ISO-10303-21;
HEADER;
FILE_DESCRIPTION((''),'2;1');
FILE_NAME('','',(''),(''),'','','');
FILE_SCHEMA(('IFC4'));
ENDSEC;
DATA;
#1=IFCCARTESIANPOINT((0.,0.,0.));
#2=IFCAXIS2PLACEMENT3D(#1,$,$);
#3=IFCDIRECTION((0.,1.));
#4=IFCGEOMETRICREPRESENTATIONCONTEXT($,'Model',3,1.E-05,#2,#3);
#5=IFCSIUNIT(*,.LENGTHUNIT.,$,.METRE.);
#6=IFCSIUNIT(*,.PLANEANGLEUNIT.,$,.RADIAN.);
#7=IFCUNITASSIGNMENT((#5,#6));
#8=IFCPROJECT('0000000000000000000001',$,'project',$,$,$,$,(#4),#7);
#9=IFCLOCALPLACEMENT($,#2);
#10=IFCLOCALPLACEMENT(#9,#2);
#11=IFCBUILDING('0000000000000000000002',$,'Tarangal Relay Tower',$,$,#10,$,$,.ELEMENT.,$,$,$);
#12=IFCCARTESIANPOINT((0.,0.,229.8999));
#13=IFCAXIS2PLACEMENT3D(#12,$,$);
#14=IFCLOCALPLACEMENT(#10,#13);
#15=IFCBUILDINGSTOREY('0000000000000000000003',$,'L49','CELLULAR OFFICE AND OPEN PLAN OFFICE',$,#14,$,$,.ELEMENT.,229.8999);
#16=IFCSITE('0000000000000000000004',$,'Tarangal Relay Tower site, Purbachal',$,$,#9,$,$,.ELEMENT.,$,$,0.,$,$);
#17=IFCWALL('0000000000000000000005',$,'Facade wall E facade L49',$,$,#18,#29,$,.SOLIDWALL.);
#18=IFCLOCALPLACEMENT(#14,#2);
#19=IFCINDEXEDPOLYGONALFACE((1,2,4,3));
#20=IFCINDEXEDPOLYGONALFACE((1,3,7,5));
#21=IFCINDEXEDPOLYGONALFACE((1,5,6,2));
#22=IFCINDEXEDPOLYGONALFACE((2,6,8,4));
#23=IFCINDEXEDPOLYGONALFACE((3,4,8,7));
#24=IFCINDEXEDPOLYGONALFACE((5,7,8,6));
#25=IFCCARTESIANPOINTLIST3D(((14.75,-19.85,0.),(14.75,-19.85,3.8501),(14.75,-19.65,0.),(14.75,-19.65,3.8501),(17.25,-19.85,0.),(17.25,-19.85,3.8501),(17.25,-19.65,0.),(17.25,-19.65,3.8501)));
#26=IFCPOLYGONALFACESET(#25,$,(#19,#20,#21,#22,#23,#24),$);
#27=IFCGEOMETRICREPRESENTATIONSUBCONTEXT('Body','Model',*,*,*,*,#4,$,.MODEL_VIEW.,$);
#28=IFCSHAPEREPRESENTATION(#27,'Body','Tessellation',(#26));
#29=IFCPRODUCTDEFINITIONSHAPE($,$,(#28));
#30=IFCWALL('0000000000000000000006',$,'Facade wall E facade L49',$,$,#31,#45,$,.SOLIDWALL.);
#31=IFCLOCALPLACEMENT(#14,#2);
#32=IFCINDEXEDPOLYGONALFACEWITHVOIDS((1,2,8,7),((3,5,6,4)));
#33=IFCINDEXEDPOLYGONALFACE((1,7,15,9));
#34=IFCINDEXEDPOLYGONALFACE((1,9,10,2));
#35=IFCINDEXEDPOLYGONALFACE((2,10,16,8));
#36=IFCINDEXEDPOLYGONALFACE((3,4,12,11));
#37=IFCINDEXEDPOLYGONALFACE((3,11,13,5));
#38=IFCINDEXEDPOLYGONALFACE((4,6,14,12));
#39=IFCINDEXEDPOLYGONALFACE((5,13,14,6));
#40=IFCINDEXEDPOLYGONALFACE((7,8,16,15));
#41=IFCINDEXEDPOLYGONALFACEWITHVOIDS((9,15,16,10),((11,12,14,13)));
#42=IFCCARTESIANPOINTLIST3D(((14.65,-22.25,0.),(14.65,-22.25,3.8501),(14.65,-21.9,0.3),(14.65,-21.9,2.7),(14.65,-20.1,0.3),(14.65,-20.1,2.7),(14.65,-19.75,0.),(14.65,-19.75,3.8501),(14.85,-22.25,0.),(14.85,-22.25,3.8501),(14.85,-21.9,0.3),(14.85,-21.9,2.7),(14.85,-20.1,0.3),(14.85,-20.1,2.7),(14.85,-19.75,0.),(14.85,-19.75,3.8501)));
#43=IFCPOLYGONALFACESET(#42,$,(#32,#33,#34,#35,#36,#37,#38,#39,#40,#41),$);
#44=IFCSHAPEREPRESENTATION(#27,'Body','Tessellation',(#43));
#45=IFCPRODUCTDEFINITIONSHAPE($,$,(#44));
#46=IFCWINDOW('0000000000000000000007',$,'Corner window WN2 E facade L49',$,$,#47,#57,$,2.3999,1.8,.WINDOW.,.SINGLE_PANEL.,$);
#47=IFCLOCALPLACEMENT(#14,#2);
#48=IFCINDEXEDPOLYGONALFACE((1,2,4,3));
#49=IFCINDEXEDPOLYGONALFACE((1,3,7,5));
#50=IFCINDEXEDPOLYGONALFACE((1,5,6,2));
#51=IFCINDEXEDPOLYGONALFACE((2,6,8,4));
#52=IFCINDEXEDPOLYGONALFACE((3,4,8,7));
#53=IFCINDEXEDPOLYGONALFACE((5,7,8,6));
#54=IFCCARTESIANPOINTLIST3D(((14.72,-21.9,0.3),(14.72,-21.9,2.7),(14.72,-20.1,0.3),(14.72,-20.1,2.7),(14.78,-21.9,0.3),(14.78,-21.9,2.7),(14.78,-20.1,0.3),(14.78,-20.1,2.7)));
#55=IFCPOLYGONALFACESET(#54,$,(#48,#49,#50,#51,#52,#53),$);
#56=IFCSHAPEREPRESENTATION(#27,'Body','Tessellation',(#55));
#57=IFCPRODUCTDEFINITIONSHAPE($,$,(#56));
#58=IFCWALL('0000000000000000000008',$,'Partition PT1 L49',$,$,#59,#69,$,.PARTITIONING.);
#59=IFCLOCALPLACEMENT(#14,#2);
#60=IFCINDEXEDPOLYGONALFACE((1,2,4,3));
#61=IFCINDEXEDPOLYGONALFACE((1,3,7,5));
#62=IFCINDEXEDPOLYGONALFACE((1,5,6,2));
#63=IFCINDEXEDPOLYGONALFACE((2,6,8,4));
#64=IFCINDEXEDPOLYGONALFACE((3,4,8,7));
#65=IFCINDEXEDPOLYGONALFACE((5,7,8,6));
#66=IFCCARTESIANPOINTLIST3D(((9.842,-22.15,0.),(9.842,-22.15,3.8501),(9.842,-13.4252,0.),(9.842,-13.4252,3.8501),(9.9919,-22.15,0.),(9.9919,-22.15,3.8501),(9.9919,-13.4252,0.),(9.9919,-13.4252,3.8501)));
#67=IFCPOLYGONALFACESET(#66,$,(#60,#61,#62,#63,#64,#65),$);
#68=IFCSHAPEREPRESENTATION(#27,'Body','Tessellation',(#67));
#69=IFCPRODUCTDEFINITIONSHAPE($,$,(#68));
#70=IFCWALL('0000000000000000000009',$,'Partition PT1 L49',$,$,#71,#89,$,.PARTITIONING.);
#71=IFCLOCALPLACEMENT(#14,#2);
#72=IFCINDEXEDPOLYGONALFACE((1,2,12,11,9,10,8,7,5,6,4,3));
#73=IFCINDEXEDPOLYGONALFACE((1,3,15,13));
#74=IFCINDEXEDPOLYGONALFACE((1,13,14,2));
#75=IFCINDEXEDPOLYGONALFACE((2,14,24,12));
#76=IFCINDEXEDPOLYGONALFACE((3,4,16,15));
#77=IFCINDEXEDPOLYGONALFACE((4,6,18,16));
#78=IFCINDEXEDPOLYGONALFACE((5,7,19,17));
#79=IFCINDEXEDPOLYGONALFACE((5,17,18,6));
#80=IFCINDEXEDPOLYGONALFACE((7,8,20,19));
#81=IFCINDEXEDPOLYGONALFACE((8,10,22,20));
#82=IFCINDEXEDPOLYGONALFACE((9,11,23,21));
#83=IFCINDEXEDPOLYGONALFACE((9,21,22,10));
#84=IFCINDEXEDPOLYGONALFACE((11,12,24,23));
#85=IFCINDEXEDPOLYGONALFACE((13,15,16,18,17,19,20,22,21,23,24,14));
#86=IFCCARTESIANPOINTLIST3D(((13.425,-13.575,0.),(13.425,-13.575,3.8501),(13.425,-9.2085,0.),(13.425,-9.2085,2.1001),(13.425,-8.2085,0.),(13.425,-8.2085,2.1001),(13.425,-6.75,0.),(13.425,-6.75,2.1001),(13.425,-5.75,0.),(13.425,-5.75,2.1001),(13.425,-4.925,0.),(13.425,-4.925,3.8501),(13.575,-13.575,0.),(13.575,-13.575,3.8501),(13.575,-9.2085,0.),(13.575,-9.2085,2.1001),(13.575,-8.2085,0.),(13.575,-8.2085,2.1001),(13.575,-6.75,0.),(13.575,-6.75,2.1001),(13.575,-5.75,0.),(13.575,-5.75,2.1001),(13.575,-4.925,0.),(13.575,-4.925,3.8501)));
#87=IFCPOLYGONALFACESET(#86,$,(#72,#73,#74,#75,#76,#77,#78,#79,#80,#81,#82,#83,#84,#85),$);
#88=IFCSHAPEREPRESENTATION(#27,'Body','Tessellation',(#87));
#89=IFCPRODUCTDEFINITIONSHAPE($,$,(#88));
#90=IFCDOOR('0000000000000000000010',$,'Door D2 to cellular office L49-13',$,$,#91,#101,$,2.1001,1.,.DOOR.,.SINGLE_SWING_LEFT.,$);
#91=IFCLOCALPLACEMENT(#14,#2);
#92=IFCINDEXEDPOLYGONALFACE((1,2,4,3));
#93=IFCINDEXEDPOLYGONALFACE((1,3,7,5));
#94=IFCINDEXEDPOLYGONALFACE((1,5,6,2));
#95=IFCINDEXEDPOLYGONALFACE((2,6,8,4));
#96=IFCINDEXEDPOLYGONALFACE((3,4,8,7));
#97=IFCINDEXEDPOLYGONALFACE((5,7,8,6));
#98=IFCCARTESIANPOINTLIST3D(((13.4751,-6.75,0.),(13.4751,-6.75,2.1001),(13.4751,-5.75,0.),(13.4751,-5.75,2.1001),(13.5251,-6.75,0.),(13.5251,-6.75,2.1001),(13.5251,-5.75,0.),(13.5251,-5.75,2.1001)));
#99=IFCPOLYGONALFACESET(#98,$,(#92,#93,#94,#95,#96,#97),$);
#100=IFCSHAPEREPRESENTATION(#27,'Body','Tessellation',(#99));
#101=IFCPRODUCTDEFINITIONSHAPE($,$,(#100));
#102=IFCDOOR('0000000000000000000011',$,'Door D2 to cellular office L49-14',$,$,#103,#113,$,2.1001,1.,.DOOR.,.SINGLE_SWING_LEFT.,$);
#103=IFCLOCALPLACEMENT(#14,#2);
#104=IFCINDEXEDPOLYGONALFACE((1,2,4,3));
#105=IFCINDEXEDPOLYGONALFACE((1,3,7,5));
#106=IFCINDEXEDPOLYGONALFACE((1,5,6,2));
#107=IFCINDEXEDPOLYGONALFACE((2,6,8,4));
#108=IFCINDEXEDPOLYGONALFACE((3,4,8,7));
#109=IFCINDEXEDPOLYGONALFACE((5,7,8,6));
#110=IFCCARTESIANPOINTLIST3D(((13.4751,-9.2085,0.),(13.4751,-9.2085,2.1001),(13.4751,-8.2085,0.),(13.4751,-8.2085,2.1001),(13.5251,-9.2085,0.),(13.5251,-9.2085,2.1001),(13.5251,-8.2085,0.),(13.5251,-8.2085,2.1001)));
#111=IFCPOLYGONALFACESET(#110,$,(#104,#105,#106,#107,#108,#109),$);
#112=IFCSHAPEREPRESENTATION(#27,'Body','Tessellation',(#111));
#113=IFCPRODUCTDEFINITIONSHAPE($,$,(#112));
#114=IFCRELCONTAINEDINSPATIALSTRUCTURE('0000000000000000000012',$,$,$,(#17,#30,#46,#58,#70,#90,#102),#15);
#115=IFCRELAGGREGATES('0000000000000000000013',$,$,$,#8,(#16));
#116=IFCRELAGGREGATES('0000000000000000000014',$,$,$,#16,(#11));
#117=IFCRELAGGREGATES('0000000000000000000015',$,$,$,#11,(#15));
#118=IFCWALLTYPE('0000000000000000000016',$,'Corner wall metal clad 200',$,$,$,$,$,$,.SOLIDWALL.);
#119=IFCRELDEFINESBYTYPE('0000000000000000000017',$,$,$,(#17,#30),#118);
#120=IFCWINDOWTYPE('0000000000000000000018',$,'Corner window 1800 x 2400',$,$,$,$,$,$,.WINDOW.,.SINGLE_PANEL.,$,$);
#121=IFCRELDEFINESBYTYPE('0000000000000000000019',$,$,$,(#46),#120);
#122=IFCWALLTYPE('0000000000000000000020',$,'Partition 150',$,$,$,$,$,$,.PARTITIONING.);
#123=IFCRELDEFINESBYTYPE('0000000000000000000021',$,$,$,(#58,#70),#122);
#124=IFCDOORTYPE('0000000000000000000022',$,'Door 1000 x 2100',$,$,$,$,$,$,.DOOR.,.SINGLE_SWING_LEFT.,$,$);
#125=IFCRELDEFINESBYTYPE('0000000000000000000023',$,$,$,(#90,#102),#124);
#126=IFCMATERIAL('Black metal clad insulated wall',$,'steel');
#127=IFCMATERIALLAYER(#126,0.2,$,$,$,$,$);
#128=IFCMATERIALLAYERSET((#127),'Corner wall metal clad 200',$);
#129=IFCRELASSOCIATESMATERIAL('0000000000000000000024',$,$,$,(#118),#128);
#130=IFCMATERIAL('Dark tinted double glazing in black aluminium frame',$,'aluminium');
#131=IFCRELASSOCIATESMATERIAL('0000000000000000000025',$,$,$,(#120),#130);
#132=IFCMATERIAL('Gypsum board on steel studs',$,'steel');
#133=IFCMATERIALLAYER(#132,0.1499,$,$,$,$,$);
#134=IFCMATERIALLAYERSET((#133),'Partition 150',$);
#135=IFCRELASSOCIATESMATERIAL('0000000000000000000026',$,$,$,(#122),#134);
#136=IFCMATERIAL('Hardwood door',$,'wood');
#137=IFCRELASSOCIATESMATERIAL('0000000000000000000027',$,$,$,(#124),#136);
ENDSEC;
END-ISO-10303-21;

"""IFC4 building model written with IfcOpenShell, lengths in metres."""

from ifc_helpers import new_model, si_unit, direction, frame, frame_2d, origin, place, context, subcontext, project, spatial, rectangle, extrude, material, layer, layer_set, type_object, element, fill, save


model = new_model("IFC4")

# Units and contexts
model_context = context("Model", 3, precision=1e-05, world=origin(), true_north=direction((0.0, 1.0)))
body_context = subcontext(model_context, "Body", "Model", "MODEL_VIEW")
ifc_project = project(units=[si_unit("LENGTHUNIT", "METRE"), si_unit("PLANEANGLEUNIT", "RADIAN")], contexts=[model_context])

# Site, building, storey
site_placement = place(None, origin())
site = spatial("IfcSite", under=ifc_project, at=site_placement, Name="Tarangal Relay Tower site, Purbachal", CompositionType="ELEMENT", RefElevation=0.0)
building_placement = place(site_placement, origin())
building = spatial("IfcBuilding", under=site, at=building_placement, Name="Tarangal Relay Tower", CompositionType="ELEMENT")
storey_placement = place(building_placement, frame((0.0, 0.0, 229.8999)))
storey = spatial("IfcBuildingStorey", under=building, at=storey_placement, Name="L49", Description="CELLULAR OFFICE AND OPEN PLAN OFFICE", CompositionType="ELEMENT", Elevation=229.8999)

# Shared definitions
ifc_material_1 = material(Name="Black metal clad insulated wall", Category="steel")
ifc_layer_1 = layer(ifc_material_1, 0.2)
ifc_layer_set_1 = layer_set([ifc_layer_1], Name="Corner wall metal clad 200")
wall_type_1 = type_object("IfcWallType", Name="Corner wall metal clad 200", PredefinedType="SOLIDWALL", material=ifc_layer_set_1)

# Shared definitions
ifc_material_2 = material(Name="Dark tinted double glazing in black aluminium frame", Category="aluminium")
window_type = type_object("IfcWindowType", Name="Corner window 1800 x 2400", PartitioningType="SINGLE_PANEL", PredefinedType="WINDOW", material=ifc_material_2)

# Wall
wall_1_placement = place(storey_placement, frame((17.25, -19.75, 0.0), z_axis=(0.0, 0.0, 1.0), x_axis=(-1.0, 0.0, 0.0)))
element("IfcWall", 1, at=wall_1_placement, inside=storey, type_object=wall_type_1, Name="Facade wall E facade L49", PredefinedType="SOLIDWALL", context=body_context, shape_type="SweptSolid", body=[
    extrude(rectangle(XDim=2.5, YDim=0.2, at=frame_2d((1.25, 0.0))), origin(), (0.0, 0.0, 1.0), 3.8501),
])

# Wall, opening, window
wall_2_placement = place(storey_placement, frame((14.75, -19.75, 0.0), z_axis=(0.0, 0.0, 1.0), x_axis=(0.0, -1.0, 0.0)))
wall_2 = element("IfcWall", 2, at=wall_2_placement, inside=storey, type_object=wall_type_1, Name="Facade wall E facade L49", PredefinedType="SOLIDWALL", context=body_context, shape_type="SweptSolid", body=[
    extrude(rectangle(XDim=2.5, YDim=0.2, at=frame_2d((1.25, 0.0))), origin(), (0.0, 0.0, 1.0), 3.8501),
])
opening_1_placement = place(wall_2_placement, frame((0.3501, 0.0, 0.3)))
opening_1 = element("IfcOpeningElement", 3, at=opening_1_placement, cuts=wall_2, PredefinedType="OPENING", context=body_context, shape_type="SweptSolid", body=[
    extrude(rectangle(XDim=1.8, YDim=2.3999, at=frame_2d((0.8999, 1.2))), frame((0.0, 0.1099, 0.0), z_axis=(0.0, -1.0, 0.0), x_axis=(1.0, 0.0, 0.0)), (0.0, 0.0, 1.0), 0.22),
])
window_1_placement = place(opening_1_placement, origin())
window_1 = element("IfcWindow", 4, at=window_1_placement, inside=storey, type_object=window_type, Name="Corner window WN2 E facade L49", OverallHeight=2.3999, OverallWidth=1.8, PartitioningType="SINGLE_PANEL", PredefinedType="WINDOW", context=body_context, shape_type="SweptSolid", body=[
    extrude(rectangle(XDim=1.8, YDim=2.3999, at=frame_2d((0.8999, 1.2))), frame((0.0, 0.03, 0.0), z_axis=(0.0, -1.0, 0.0), x_axis=(1.0, 0.0, 0.0)), (0.0, 0.0, 1.0), 0.0601),
])
fill(opening_1, window_1)

# Wall
ifc_material_3 = material(Name="Gypsum board on steel studs", Category="steel")
ifc_layer_2 = layer(ifc_material_3, 0.1499)
ifc_layer_set_2 = layer_set([ifc_layer_2], Name="Partition 150")
wall_type_2 = type_object("IfcWallType", Name="Partition 150", PredefinedType="PARTITIONING", material=ifc_layer_set_2)
wall_3_placement = place(storey_placement, frame((9.917, -22.1499, 0.0), z_axis=(0.0, 0.0, 1.0), x_axis=(0.0, 1.0, 0.0)))
element("IfcWall", 5, at=wall_3_placement, inside=storey, type_object=wall_type_2, Name="Partition PT1 L49", PredefinedType="PARTITIONING", context=body_context, shape_type="SweptSolid", body=[
    extrude(rectangle(XDim=8.7249, YDim=0.1499, at=frame_2d((4.3623, 0.0))), origin(), (0.0, 0.0, 1.0), 3.8501),
])

# Wall, openings, doors
wall_4_placement = place(storey_placement, frame((13.5, -13.575, 0.0), z_axis=(0.0, 0.0, 1.0), x_axis=(0.0, 1.0, 0.0)))
wall_4 = element("IfcWall", 6, at=wall_4_placement, inside=storey, type_object=wall_type_2, Name="Partition PT1 L49", PredefinedType="PARTITIONING", context=body_context, shape_type="SweptSolid", body=[
    extrude(rectangle(XDim=8.6499, YDim=0.1499, at=frame_2d((4.325, 0.0))), origin(), (0.0, 0.0, 1.0), 3.8501),
])
opening_2_placement = place(wall_4_placement, frame((6.825, 0.0, 0.0)))
opening_2 = element("IfcOpeningElement", 7, at=opening_2_placement, cuts=wall_4, PredefinedType="OPENING", context=body_context, shape_type="SweptSolid", body=[
    extrude(rectangle(XDim=1.0, YDim=2.1001, at=frame_2d((0.5, 1.05))), frame((0.0, 0.085, 0.0), z_axis=(0.0, -1.0, 0.0), x_axis=(1.0, 0.0, 0.0)), (0.0, 0.0, 1.0), 0.1699),
])
opening_3_placement = place(wall_4_placement, frame((4.3665, 0.0, 0.0)))
opening_3 = element("IfcOpeningElement", 8, at=opening_3_placement, cuts=wall_4, PredefinedType="OPENING", context=body_context, shape_type="SweptSolid", body=[
    extrude(rectangle(XDim=1.0, YDim=2.1001, at=frame_2d((0.5, 1.05))), frame((0.0, 0.085, 0.0), z_axis=(0.0, -1.0, 0.0), x_axis=(1.0, 0.0, 0.0)), (0.0, 0.0, 1.0), 0.1699),
])
ifc_material_4 = material(Name="Hardwood door", Category="wood")
door_type_1 = type_object("IfcDoorType", Name="Door 1000 x 2100", OperationType="SINGLE_SWING_LEFT", PredefinedType="DOOR", material=ifc_material_4)
door_1_placement = place(opening_2_placement, origin())
door_1 = element("IfcDoor", 9, at=door_1_placement, inside=storey, type_object=door_type_1, Name="Door D2 to cellular office L49-13", OperationType="SINGLE_SWING_LEFT", OverallHeight=2.1001, OverallWidth=1.0, PredefinedType="DOOR", context=body_context, shape_type="SweptSolid", body=[
    extrude(rectangle(XDim=1.0, YDim=2.1001, at=frame_2d((0.5, 1.05))), frame((0.0, 0.0249, 0.0), z_axis=(0.0, -1.0, 0.0), x_axis=(1.0, 0.0, 0.0)), (0.0, 0.0, 1.0), 0.05),
])
fill(opening_2, door_1)
door_2_placement = place(opening_3_placement, origin())
door_2 = element("IfcDoor", 10, at=door_2_placement, inside=storey, type_object=door_type_1, Name="Door D2 to cellular office L49-14", OperationType="SINGLE_SWING_LEFT", OverallHeight=2.1001, OverallWidth=1.0, PredefinedType="DOOR", context=body_context, shape_type="SweptSolid", body=[
    extrude(rectangle(XDim=1.0, YDim=2.1001, at=frame_2d((0.5, 1.05))), frame((0.0, 0.0249, 0.0), z_axis=(0.0, -1.0, 0.0), x_axis=(1.0, 0.0, 0.0)), (0.0, 0.0, 1.0), 0.05),
])
fill(opening_3, door_2)

save(model, "model.ifc")
